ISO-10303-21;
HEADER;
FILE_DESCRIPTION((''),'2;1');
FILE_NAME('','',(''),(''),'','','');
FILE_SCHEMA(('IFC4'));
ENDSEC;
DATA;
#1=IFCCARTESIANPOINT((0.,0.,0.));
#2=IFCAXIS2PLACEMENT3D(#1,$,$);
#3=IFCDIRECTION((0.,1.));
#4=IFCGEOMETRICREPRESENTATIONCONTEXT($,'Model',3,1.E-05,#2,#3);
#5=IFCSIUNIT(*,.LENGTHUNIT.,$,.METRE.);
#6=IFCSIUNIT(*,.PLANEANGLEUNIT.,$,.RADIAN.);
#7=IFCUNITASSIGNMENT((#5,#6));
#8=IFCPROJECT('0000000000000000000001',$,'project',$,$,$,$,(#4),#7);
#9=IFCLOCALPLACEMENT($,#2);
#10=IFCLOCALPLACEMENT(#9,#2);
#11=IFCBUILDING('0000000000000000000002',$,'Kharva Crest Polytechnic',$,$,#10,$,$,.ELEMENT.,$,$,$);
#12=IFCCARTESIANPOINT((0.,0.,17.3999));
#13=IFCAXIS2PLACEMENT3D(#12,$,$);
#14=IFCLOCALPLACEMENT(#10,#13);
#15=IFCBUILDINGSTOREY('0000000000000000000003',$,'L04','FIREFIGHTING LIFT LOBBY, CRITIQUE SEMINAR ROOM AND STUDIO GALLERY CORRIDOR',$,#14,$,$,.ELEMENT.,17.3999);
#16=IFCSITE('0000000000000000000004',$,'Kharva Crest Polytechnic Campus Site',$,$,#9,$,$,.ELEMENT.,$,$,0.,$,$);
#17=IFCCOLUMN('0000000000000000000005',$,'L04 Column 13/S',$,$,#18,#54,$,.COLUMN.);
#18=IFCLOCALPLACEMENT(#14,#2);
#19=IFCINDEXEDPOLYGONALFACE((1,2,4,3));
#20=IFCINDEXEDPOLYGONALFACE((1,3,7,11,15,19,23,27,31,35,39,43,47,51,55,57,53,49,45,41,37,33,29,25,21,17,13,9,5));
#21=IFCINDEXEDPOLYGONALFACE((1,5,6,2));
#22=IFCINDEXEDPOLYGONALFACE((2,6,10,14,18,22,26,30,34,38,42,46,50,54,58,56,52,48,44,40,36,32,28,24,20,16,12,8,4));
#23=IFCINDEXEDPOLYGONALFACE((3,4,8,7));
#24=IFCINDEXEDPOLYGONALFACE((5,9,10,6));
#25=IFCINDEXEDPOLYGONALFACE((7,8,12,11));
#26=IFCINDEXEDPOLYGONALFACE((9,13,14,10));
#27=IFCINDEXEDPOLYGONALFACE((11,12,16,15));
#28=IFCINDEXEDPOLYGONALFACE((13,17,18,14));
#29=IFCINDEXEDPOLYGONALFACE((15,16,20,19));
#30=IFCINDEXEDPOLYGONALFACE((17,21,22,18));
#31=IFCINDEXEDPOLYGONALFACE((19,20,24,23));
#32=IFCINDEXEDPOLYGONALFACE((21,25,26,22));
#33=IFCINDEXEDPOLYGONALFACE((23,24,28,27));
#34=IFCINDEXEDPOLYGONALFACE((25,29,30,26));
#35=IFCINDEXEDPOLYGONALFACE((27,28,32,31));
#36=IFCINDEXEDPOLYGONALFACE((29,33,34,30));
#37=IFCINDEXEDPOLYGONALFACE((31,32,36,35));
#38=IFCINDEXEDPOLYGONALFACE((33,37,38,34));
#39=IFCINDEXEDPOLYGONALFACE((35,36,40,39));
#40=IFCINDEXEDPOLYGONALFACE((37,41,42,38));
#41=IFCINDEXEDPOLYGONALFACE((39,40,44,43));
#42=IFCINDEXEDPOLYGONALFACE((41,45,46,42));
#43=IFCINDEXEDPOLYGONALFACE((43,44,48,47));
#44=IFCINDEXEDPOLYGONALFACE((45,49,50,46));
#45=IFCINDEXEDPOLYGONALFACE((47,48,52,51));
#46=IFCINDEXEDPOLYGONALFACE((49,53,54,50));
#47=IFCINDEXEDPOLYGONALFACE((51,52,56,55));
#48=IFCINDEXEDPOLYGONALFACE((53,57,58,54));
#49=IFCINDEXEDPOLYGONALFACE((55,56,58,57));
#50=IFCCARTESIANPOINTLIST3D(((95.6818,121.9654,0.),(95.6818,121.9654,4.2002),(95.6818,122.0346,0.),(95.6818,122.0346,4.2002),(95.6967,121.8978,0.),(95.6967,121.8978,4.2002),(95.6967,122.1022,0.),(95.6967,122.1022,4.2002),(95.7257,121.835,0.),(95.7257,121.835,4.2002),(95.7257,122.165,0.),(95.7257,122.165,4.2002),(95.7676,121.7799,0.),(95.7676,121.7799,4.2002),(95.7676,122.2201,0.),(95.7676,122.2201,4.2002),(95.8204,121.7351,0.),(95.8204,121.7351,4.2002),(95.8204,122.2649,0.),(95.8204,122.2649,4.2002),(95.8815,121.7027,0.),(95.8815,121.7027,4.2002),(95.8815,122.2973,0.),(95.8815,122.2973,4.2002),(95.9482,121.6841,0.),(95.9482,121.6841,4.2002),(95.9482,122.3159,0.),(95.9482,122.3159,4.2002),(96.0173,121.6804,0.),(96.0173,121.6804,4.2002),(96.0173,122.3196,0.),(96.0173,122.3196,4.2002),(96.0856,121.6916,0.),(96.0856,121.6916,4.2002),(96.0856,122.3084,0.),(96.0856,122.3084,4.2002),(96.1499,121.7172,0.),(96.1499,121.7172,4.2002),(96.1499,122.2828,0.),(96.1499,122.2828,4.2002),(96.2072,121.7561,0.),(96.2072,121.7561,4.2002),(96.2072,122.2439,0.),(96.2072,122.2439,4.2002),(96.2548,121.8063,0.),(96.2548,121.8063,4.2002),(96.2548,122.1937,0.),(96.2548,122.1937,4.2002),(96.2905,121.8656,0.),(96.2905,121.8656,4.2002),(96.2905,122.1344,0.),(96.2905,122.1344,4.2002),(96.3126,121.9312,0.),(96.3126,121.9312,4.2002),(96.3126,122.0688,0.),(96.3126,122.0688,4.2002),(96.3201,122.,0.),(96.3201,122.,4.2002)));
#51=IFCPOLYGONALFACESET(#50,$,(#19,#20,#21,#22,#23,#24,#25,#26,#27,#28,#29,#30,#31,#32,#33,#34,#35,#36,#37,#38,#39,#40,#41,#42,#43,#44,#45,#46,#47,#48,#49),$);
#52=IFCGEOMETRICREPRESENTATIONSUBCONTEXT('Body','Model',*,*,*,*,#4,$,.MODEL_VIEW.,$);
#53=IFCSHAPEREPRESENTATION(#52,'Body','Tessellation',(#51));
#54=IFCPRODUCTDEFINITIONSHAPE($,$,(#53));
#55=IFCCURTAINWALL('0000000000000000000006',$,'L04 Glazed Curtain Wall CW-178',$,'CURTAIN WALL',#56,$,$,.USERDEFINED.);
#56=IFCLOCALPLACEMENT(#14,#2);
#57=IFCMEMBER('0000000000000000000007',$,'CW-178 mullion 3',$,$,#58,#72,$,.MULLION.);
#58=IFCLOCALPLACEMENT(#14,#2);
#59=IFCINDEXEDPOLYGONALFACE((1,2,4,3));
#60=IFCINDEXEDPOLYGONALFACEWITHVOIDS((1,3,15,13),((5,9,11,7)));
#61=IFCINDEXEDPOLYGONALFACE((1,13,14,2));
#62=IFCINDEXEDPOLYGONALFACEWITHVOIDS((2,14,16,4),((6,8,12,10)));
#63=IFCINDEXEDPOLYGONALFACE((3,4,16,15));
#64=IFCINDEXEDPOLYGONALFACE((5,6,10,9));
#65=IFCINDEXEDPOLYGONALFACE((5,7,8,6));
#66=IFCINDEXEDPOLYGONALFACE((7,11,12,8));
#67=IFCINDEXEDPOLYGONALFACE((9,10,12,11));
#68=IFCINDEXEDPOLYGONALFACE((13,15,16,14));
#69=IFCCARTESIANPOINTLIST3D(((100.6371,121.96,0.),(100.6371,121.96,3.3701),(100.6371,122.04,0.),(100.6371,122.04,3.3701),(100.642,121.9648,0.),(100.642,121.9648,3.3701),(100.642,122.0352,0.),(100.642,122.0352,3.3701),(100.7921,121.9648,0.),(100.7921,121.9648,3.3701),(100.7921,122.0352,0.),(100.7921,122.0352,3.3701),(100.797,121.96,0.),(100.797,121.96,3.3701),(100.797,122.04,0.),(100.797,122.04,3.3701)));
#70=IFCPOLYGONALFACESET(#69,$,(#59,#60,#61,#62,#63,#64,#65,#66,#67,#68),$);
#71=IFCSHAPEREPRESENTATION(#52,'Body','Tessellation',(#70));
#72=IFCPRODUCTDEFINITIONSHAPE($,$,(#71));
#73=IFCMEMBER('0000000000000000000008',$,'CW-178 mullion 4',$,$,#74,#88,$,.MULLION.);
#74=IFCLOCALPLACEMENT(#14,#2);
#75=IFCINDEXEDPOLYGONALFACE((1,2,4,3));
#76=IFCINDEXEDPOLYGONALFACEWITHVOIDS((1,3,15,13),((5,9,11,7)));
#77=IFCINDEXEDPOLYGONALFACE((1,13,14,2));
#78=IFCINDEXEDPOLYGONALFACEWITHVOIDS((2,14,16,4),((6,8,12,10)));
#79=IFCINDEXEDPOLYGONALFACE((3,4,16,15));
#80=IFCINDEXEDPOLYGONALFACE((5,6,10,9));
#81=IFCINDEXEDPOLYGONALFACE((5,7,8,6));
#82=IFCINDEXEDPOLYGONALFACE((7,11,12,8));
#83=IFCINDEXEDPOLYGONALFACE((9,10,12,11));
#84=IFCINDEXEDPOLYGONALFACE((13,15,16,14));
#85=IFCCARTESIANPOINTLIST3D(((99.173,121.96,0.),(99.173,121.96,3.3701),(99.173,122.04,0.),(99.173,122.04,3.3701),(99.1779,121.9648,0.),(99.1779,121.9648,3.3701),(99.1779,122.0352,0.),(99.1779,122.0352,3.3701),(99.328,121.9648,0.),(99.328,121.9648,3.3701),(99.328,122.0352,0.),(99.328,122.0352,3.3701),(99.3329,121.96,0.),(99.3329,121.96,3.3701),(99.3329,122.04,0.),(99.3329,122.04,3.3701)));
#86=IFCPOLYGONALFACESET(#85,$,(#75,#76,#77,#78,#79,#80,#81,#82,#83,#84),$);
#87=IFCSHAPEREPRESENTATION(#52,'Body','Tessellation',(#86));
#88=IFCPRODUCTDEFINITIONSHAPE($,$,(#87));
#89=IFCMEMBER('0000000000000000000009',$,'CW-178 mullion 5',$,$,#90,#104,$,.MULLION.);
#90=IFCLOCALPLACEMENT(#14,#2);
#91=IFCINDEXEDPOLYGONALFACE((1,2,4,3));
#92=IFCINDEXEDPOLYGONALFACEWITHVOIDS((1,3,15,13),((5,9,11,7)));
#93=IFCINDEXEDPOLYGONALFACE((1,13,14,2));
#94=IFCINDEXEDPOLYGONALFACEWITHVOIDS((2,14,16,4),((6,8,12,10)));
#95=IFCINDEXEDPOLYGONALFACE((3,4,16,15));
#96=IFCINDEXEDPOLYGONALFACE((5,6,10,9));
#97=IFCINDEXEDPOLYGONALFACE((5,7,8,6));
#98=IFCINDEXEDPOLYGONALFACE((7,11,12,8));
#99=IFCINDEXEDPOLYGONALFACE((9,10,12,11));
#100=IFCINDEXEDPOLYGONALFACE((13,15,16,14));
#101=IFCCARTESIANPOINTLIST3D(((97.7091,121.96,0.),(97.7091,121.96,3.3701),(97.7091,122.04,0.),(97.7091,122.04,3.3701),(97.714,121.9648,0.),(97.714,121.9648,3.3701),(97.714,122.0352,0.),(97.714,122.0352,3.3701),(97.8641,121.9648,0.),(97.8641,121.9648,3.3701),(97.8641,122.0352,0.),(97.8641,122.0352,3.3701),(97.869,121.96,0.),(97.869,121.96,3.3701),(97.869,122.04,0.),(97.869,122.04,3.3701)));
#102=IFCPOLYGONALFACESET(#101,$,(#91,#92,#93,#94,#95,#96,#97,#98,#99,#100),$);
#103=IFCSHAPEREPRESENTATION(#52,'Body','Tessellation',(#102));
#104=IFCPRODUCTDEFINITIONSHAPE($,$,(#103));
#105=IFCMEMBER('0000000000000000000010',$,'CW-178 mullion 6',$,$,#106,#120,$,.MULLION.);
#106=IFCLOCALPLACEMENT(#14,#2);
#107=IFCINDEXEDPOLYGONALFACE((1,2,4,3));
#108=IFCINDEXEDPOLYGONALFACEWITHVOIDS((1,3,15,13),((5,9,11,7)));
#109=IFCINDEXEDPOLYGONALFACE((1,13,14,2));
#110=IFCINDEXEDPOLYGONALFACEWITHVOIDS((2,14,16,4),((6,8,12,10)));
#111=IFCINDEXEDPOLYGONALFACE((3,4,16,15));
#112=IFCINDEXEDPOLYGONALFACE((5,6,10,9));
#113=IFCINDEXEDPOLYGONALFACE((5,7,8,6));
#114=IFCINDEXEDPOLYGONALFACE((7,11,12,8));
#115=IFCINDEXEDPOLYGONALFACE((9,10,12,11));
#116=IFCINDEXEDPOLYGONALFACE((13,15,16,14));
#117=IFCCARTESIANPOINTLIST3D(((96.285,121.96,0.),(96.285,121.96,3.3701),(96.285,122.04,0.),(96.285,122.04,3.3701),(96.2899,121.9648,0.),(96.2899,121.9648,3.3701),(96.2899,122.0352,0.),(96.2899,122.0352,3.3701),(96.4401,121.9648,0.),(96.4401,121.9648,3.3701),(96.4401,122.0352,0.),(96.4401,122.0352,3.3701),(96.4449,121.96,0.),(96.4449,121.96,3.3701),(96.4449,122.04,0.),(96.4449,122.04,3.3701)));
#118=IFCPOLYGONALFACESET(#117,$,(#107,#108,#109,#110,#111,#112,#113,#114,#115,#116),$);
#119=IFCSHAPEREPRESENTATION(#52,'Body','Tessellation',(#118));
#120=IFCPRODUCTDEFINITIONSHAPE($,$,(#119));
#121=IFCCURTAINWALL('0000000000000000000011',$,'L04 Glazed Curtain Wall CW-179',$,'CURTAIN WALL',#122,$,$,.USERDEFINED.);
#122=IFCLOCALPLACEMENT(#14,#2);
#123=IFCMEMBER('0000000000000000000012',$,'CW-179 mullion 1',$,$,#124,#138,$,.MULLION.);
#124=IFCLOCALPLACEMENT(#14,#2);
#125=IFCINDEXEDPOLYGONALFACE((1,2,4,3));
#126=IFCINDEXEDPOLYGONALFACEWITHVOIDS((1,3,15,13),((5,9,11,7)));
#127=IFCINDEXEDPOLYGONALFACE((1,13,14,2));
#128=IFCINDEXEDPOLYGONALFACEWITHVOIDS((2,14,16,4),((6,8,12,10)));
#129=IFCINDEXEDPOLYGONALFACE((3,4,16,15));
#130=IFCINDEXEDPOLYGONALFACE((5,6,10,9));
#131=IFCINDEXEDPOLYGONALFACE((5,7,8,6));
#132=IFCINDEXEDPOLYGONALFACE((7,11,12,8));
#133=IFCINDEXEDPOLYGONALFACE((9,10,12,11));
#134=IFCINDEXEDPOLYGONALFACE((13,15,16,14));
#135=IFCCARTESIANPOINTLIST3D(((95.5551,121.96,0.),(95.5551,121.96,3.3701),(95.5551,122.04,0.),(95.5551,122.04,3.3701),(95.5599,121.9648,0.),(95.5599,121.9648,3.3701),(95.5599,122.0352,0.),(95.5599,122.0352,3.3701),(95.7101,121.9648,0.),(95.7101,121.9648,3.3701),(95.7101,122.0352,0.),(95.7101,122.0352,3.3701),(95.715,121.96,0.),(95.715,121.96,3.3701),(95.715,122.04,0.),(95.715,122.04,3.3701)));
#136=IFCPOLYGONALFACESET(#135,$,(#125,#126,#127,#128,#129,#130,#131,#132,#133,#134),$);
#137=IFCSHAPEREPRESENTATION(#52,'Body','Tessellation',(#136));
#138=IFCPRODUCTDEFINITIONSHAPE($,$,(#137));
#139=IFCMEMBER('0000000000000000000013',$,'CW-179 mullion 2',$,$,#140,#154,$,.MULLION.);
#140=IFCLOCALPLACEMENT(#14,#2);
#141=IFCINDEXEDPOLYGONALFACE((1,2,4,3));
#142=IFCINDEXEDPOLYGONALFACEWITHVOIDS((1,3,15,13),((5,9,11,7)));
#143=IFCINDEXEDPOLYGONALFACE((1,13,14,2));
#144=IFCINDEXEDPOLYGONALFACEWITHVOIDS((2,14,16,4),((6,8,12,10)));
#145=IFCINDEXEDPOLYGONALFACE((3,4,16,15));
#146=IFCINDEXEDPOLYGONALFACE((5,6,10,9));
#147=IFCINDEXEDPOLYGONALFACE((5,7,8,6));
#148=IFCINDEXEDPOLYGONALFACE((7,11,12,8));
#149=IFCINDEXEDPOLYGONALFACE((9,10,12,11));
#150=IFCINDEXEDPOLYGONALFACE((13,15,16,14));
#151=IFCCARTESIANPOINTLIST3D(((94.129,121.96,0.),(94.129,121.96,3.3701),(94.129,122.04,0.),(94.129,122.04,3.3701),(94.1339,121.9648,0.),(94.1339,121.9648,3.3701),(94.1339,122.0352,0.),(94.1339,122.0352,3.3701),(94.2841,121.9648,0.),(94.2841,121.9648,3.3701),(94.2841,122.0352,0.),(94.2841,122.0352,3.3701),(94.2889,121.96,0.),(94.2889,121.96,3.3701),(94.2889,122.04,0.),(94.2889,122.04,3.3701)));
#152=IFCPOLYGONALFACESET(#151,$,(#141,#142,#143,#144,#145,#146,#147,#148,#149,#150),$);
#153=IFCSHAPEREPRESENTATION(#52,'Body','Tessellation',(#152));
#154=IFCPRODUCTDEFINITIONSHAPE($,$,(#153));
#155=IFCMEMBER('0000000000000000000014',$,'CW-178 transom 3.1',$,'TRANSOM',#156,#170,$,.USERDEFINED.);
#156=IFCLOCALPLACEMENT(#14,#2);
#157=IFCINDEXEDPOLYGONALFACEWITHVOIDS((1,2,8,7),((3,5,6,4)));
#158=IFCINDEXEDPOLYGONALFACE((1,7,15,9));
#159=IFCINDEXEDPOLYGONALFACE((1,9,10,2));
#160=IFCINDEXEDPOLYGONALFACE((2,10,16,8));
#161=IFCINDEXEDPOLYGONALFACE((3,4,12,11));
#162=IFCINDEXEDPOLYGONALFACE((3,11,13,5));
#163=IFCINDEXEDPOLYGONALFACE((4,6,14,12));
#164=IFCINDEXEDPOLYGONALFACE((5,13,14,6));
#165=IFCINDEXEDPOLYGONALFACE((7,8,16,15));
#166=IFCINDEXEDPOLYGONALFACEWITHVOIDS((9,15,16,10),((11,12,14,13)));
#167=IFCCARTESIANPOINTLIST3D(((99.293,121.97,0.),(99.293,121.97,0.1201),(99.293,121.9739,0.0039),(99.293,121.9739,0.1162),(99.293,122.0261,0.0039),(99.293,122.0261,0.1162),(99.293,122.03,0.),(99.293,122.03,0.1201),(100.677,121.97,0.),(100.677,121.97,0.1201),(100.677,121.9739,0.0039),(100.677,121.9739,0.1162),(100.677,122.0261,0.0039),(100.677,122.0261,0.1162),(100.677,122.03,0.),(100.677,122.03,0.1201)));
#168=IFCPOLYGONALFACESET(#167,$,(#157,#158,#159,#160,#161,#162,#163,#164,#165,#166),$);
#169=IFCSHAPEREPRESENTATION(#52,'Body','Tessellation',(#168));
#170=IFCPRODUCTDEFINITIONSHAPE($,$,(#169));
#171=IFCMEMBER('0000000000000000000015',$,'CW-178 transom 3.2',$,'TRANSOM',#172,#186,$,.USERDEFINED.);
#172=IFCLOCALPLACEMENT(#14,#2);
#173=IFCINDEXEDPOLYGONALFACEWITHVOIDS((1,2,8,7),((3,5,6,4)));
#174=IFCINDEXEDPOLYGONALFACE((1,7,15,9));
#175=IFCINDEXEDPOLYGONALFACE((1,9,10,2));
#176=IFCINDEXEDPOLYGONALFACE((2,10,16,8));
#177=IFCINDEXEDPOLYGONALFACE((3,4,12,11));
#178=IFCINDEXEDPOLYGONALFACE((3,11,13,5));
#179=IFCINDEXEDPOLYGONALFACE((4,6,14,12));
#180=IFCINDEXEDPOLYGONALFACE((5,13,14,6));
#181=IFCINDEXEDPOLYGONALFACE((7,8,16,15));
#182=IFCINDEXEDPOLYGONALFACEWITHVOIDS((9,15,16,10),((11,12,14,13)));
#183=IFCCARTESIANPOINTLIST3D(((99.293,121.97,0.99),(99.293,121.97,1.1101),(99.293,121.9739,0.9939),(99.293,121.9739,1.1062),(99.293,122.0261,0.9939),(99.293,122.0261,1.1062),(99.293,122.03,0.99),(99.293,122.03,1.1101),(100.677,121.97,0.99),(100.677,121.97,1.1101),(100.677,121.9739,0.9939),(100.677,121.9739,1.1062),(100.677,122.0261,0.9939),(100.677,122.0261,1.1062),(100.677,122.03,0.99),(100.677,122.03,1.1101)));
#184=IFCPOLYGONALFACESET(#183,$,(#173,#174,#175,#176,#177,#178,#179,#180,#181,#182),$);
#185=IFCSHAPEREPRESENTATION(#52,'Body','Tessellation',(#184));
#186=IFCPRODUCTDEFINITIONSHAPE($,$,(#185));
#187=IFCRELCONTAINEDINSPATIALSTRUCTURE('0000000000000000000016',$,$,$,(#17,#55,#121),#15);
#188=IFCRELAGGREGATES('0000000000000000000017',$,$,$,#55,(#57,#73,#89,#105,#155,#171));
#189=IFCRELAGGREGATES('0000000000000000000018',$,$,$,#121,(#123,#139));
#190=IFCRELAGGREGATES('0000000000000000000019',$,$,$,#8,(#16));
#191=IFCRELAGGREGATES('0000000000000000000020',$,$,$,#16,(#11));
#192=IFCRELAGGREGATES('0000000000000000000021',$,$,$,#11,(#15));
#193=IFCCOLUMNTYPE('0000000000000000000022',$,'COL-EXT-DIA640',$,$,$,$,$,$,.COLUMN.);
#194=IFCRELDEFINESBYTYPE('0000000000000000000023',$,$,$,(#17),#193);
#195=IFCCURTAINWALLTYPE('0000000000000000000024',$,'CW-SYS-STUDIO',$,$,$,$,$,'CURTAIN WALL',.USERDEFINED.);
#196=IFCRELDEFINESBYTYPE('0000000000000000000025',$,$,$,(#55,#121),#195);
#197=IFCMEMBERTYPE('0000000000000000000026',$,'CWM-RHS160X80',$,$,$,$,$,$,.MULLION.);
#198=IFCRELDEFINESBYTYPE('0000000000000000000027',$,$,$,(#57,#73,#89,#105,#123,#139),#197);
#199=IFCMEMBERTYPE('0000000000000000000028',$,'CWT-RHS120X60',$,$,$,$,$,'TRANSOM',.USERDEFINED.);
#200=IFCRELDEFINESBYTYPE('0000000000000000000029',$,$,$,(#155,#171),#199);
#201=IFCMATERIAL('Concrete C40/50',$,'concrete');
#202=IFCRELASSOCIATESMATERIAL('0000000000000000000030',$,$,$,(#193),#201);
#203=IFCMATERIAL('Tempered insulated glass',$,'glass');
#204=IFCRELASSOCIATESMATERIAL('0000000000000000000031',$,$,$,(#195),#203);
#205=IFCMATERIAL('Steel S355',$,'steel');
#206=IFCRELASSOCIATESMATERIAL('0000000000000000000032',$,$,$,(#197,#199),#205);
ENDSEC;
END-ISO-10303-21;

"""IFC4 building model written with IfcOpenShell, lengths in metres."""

from ifc_helpers import new_model, si_unit, direction, frame, origin, origin_2d, place, context, subcontext, project, spatial, hollow_rectangle, circle, extrude, material, material_profile, profile_set, type_object, element, aggregate, save


model = new_model("IFC4")

# Units and contexts
model_context = context("Model", 3, precision=1e-05, world=origin(), true_north=direction((0.0, 1.0)))
body_context = subcontext(model_context, "Body", "Model", "MODEL_VIEW")
ifc_project = project(units=[si_unit("LENGTHUNIT", "METRE"), si_unit("PLANEANGLEUNIT", "RADIAN")], contexts=[model_context])

# Site, building, storey
site_placement = place(None, origin())
site = spatial("IfcSite", under=ifc_project, at=site_placement, Name="Kharva Crest Polytechnic Campus Site", CompositionType="ELEMENT", RefElevation=0.0)
building_placement = place(site_placement, origin())
building = spatial("IfcBuilding", under=site, at=building_placement, Name="Kharva Crest Polytechnic", CompositionType="ELEMENT")
storey_placement = place(building_placement, frame((0.0, 0.0, 17.3999)))
storey = spatial("IfcBuildingStorey", under=building, at=storey_placement, Name="L04", Description="FIREFIGHTING LIFT LOBBY, CRITIQUE SEMINAR ROOM AND STUDIO GALLERY CORRIDOR", CompositionType="ELEMENT", Elevation=17.3999)

# Column
ifc_material_1 = material(Name="Concrete C40/50", Category="concrete")
ifc_material_profile_1 = material_profile(ifc_material_1, circle(Radius=0.3201, at=origin_2d()), Name="DIA 640")
ifc_profile_set_1 = profile_set([ifc_material_profile_1], Name="Concrete C40/50")
column_type = type_object("IfcColumnType", Name="COL-EXT-DIA640", PredefinedType="COLUMN", material=ifc_profile_set_1)
column_placement = place(storey_placement, frame((96.0, 122.0, 0.0), z_axis=(0.0, 0.0, 1.0), x_axis=(1.0, 0.0, 0.0)))
element("IfcColumn", 1, at=column_placement, inside=storey, type_object=column_type, Name="L04 Column 13/S", PredefinedType="COLUMN", context=body_context, shape_type="SweptSolid", body=[
    extrude(circle(Radius=0.3201, at=origin_2d()), origin(), (0.0, 0.0, 1.0), 4.2002),
])

# Curtain walls, members
ifc_material_2 = material(Name="Tempered insulated glass", Category="glass")
curtain_wall_type = type_object("IfcCurtainWallType", Name="CW-SYS-STUDIO", ElementType="CURTAIN WALL", PredefinedType="USERDEFINED", material=ifc_material_2)
curtain_wall_1_placement = place(storey_placement, origin())
curtain_wall_1 = element("IfcCurtainWall", 2, at=curtain_wall_1_placement, inside=storey, type_object=curtain_wall_type, Name="L04 Glazed Curtain Wall CW-178", ObjectType="CURTAIN WALL", PredefinedType="USERDEFINED")
ifc_material_3 = material(Name="Steel S355", Category="steel")
ifc_material_profile_2 = material_profile(ifc_material_3, hollow_rectangle(XDim=0.0801, YDim=0.1599, WallThickness=0.0049, at=origin_2d()), Name="RHS 160X80X5.0")
ifc_profile_set_2 = profile_set([ifc_material_profile_2], Name="Steel S355")
member_type_1 = type_object("IfcMemberType", Name="CWM-RHS160X80", PredefinedType="MULLION", material=ifc_profile_set_2)
member_1_placement = place(storey_placement, frame((100.717, 122.0, 0.0), z_axis=(0.0, 0.0, 1.0), x_axis=(0.0, -1.0, 0.0)))
member_1 = element("IfcMember", 3, at=member_1_placement, type_object=member_type_1, Name="CW-178 mullion 3", PredefinedType="MULLION", context=body_context, shape_type="SweptSolid", body=[
    extrude(hollow_rectangle(XDim=0.0801, YDim=0.1599, WallThickness=0.0049, at=origin_2d()), origin(), (0.0, 0.0, 1.0), 3.3701),
])
member_2_placement = place(storey_placement, frame((99.2529, 122.0, 0.0), z_axis=(0.0, 0.0, 1.0), x_axis=(0.0, -1.0, 0.0)))
member_2 = element("IfcMember", 4, at=member_2_placement, type_object=member_type_1, Name="CW-178 mullion 4", PredefinedType="MULLION", context=body_context, shape_type="SweptSolid", body=[
    extrude(hollow_rectangle(XDim=0.0801, YDim=0.1599, WallThickness=0.0049, at=origin_2d()), origin(), (0.0, 0.0, 1.0), 3.3701),
])
member_3_placement = place(storey_placement, frame((97.7891, 122.0, 0.0), z_axis=(0.0, 0.0, 1.0), x_axis=(0.0, -1.0, 0.0)))
member_3 = element("IfcMember", 5, at=member_3_placement, type_object=member_type_1, Name="CW-178 mullion 5", PredefinedType="MULLION", context=body_context, shape_type="SweptSolid", body=[
    extrude(hollow_rectangle(XDim=0.0801, YDim=0.1599, WallThickness=0.0049, at=origin_2d()), origin(), (0.0, 0.0, 1.0), 3.3701),
])
member_4_placement = place(storey_placement, frame((96.365, 122.0, 0.0), z_axis=(0.0, 0.0, 1.0), x_axis=(0.0, -1.0, 0.0)))
member_4 = element("IfcMember", 6, at=member_4_placement, type_object=member_type_1, Name="CW-178 mullion 6", PredefinedType="MULLION", context=body_context, shape_type="SweptSolid", body=[
    extrude(hollow_rectangle(XDim=0.0801, YDim=0.1599, WallThickness=0.0049, at=origin_2d()), origin(), (0.0, 0.0, 1.0), 3.3701),
])
curtain_wall_2_placement = place(storey_placement, origin())
curtain_wall_2 = element("IfcCurtainWall", 7, at=curtain_wall_2_placement, inside=storey, type_object=curtain_wall_type, Name="L04 Glazed Curtain Wall CW-179", ObjectType="CURTAIN WALL", PredefinedType="USERDEFINED")
member_5_placement = place(storey_placement, frame((95.635, 122.0, 0.0), z_axis=(0.0, 0.0, 1.0), x_axis=(0.0, -1.0, 0.0)))
member_5 = element("IfcMember", 8, at=member_5_placement, type_object=member_type_1, Name="CW-179 mullion 1", PredefinedType="MULLION", context=body_context, shape_type="SweptSolid", body=[
    extrude(hollow_rectangle(XDim=0.0801, YDim=0.1599, WallThickness=0.0049, at=origin_2d()), origin(), (0.0, 0.0, 1.0), 3.3701),
])
member_6_placement = place(storey_placement, frame((94.209, 122.0, 0.0), z_axis=(0.0, 0.0, 1.0), x_axis=(0.0, -1.0, 0.0)))
member_6 = element("IfcMember", 9, at=member_6_placement, type_object=member_type_1, Name="CW-179 mullion 2", PredefinedType="MULLION", context=body_context, shape_type="SweptSolid", body=[
    extrude(hollow_rectangle(XDim=0.0801, YDim=0.1599, WallThickness=0.0049, at=origin_2d()), origin(), (0.0, 0.0, 1.0), 3.3701),
])

# Members
ifc_material_profile_3 = material_profile(ifc_material_3, hollow_rectangle(XDim=0.0601, YDim=0.1201, WallThickness=0.0039, at=origin_2d()), Name="RHS 120X60X4.0")
ifc_profile_set_3 = profile_set([ifc_material_profile_3], Name="Steel S355")
member_type_2 = type_object("IfcMemberType", Name="CWT-RHS120X60", ElementType="TRANSOM", PredefinedType="USERDEFINED", material=ifc_profile_set_3)
member_7_placement = place(storey_placement, frame((100.677, 122.0, 0.0601), z_axis=(-1.0, 0.0, 0.0), x_axis=(0.0, -1.0, 0.0)))
member_7 = element("IfcMember", 10, at=member_7_placement, type_object=member_type_2, Name="CW-178 transom 3.1", ObjectType="TRANSOM", PredefinedType="USERDEFINED", context=body_context, shape_type="SweptSolid", body=[
    extrude(hollow_rectangle(XDim=0.0601, YDim=0.1201, WallThickness=0.0039, at=origin_2d()), origin(), (0.0, 0.0, 1.0), 1.384),
])
member_8_placement = place(storey_placement, frame((100.677, 122.0, 1.05), z_axis=(-1.0, 0.0, 0.0), x_axis=(0.0, -1.0, 0.0)))
member_8 = element("IfcMember", 11, at=member_8_placement, type_object=member_type_2, Name="CW-178 transom 3.2", ObjectType="TRANSOM", PredefinedType="USERDEFINED", context=body_context, shape_type="SweptSolid", body=[
    extrude(hollow_rectangle(XDim=0.0601, YDim=0.1201, WallThickness=0.0039, at=origin_2d()), origin(), (0.0, 0.0, 1.0), 1.384),
])

aggregate(curtain_wall_1, [member_1, member_2, member_3, member_4, member_7, member_8])
aggregate(curtain_wall_2, [member_5, member_6])

save(model, "model.ifc")
